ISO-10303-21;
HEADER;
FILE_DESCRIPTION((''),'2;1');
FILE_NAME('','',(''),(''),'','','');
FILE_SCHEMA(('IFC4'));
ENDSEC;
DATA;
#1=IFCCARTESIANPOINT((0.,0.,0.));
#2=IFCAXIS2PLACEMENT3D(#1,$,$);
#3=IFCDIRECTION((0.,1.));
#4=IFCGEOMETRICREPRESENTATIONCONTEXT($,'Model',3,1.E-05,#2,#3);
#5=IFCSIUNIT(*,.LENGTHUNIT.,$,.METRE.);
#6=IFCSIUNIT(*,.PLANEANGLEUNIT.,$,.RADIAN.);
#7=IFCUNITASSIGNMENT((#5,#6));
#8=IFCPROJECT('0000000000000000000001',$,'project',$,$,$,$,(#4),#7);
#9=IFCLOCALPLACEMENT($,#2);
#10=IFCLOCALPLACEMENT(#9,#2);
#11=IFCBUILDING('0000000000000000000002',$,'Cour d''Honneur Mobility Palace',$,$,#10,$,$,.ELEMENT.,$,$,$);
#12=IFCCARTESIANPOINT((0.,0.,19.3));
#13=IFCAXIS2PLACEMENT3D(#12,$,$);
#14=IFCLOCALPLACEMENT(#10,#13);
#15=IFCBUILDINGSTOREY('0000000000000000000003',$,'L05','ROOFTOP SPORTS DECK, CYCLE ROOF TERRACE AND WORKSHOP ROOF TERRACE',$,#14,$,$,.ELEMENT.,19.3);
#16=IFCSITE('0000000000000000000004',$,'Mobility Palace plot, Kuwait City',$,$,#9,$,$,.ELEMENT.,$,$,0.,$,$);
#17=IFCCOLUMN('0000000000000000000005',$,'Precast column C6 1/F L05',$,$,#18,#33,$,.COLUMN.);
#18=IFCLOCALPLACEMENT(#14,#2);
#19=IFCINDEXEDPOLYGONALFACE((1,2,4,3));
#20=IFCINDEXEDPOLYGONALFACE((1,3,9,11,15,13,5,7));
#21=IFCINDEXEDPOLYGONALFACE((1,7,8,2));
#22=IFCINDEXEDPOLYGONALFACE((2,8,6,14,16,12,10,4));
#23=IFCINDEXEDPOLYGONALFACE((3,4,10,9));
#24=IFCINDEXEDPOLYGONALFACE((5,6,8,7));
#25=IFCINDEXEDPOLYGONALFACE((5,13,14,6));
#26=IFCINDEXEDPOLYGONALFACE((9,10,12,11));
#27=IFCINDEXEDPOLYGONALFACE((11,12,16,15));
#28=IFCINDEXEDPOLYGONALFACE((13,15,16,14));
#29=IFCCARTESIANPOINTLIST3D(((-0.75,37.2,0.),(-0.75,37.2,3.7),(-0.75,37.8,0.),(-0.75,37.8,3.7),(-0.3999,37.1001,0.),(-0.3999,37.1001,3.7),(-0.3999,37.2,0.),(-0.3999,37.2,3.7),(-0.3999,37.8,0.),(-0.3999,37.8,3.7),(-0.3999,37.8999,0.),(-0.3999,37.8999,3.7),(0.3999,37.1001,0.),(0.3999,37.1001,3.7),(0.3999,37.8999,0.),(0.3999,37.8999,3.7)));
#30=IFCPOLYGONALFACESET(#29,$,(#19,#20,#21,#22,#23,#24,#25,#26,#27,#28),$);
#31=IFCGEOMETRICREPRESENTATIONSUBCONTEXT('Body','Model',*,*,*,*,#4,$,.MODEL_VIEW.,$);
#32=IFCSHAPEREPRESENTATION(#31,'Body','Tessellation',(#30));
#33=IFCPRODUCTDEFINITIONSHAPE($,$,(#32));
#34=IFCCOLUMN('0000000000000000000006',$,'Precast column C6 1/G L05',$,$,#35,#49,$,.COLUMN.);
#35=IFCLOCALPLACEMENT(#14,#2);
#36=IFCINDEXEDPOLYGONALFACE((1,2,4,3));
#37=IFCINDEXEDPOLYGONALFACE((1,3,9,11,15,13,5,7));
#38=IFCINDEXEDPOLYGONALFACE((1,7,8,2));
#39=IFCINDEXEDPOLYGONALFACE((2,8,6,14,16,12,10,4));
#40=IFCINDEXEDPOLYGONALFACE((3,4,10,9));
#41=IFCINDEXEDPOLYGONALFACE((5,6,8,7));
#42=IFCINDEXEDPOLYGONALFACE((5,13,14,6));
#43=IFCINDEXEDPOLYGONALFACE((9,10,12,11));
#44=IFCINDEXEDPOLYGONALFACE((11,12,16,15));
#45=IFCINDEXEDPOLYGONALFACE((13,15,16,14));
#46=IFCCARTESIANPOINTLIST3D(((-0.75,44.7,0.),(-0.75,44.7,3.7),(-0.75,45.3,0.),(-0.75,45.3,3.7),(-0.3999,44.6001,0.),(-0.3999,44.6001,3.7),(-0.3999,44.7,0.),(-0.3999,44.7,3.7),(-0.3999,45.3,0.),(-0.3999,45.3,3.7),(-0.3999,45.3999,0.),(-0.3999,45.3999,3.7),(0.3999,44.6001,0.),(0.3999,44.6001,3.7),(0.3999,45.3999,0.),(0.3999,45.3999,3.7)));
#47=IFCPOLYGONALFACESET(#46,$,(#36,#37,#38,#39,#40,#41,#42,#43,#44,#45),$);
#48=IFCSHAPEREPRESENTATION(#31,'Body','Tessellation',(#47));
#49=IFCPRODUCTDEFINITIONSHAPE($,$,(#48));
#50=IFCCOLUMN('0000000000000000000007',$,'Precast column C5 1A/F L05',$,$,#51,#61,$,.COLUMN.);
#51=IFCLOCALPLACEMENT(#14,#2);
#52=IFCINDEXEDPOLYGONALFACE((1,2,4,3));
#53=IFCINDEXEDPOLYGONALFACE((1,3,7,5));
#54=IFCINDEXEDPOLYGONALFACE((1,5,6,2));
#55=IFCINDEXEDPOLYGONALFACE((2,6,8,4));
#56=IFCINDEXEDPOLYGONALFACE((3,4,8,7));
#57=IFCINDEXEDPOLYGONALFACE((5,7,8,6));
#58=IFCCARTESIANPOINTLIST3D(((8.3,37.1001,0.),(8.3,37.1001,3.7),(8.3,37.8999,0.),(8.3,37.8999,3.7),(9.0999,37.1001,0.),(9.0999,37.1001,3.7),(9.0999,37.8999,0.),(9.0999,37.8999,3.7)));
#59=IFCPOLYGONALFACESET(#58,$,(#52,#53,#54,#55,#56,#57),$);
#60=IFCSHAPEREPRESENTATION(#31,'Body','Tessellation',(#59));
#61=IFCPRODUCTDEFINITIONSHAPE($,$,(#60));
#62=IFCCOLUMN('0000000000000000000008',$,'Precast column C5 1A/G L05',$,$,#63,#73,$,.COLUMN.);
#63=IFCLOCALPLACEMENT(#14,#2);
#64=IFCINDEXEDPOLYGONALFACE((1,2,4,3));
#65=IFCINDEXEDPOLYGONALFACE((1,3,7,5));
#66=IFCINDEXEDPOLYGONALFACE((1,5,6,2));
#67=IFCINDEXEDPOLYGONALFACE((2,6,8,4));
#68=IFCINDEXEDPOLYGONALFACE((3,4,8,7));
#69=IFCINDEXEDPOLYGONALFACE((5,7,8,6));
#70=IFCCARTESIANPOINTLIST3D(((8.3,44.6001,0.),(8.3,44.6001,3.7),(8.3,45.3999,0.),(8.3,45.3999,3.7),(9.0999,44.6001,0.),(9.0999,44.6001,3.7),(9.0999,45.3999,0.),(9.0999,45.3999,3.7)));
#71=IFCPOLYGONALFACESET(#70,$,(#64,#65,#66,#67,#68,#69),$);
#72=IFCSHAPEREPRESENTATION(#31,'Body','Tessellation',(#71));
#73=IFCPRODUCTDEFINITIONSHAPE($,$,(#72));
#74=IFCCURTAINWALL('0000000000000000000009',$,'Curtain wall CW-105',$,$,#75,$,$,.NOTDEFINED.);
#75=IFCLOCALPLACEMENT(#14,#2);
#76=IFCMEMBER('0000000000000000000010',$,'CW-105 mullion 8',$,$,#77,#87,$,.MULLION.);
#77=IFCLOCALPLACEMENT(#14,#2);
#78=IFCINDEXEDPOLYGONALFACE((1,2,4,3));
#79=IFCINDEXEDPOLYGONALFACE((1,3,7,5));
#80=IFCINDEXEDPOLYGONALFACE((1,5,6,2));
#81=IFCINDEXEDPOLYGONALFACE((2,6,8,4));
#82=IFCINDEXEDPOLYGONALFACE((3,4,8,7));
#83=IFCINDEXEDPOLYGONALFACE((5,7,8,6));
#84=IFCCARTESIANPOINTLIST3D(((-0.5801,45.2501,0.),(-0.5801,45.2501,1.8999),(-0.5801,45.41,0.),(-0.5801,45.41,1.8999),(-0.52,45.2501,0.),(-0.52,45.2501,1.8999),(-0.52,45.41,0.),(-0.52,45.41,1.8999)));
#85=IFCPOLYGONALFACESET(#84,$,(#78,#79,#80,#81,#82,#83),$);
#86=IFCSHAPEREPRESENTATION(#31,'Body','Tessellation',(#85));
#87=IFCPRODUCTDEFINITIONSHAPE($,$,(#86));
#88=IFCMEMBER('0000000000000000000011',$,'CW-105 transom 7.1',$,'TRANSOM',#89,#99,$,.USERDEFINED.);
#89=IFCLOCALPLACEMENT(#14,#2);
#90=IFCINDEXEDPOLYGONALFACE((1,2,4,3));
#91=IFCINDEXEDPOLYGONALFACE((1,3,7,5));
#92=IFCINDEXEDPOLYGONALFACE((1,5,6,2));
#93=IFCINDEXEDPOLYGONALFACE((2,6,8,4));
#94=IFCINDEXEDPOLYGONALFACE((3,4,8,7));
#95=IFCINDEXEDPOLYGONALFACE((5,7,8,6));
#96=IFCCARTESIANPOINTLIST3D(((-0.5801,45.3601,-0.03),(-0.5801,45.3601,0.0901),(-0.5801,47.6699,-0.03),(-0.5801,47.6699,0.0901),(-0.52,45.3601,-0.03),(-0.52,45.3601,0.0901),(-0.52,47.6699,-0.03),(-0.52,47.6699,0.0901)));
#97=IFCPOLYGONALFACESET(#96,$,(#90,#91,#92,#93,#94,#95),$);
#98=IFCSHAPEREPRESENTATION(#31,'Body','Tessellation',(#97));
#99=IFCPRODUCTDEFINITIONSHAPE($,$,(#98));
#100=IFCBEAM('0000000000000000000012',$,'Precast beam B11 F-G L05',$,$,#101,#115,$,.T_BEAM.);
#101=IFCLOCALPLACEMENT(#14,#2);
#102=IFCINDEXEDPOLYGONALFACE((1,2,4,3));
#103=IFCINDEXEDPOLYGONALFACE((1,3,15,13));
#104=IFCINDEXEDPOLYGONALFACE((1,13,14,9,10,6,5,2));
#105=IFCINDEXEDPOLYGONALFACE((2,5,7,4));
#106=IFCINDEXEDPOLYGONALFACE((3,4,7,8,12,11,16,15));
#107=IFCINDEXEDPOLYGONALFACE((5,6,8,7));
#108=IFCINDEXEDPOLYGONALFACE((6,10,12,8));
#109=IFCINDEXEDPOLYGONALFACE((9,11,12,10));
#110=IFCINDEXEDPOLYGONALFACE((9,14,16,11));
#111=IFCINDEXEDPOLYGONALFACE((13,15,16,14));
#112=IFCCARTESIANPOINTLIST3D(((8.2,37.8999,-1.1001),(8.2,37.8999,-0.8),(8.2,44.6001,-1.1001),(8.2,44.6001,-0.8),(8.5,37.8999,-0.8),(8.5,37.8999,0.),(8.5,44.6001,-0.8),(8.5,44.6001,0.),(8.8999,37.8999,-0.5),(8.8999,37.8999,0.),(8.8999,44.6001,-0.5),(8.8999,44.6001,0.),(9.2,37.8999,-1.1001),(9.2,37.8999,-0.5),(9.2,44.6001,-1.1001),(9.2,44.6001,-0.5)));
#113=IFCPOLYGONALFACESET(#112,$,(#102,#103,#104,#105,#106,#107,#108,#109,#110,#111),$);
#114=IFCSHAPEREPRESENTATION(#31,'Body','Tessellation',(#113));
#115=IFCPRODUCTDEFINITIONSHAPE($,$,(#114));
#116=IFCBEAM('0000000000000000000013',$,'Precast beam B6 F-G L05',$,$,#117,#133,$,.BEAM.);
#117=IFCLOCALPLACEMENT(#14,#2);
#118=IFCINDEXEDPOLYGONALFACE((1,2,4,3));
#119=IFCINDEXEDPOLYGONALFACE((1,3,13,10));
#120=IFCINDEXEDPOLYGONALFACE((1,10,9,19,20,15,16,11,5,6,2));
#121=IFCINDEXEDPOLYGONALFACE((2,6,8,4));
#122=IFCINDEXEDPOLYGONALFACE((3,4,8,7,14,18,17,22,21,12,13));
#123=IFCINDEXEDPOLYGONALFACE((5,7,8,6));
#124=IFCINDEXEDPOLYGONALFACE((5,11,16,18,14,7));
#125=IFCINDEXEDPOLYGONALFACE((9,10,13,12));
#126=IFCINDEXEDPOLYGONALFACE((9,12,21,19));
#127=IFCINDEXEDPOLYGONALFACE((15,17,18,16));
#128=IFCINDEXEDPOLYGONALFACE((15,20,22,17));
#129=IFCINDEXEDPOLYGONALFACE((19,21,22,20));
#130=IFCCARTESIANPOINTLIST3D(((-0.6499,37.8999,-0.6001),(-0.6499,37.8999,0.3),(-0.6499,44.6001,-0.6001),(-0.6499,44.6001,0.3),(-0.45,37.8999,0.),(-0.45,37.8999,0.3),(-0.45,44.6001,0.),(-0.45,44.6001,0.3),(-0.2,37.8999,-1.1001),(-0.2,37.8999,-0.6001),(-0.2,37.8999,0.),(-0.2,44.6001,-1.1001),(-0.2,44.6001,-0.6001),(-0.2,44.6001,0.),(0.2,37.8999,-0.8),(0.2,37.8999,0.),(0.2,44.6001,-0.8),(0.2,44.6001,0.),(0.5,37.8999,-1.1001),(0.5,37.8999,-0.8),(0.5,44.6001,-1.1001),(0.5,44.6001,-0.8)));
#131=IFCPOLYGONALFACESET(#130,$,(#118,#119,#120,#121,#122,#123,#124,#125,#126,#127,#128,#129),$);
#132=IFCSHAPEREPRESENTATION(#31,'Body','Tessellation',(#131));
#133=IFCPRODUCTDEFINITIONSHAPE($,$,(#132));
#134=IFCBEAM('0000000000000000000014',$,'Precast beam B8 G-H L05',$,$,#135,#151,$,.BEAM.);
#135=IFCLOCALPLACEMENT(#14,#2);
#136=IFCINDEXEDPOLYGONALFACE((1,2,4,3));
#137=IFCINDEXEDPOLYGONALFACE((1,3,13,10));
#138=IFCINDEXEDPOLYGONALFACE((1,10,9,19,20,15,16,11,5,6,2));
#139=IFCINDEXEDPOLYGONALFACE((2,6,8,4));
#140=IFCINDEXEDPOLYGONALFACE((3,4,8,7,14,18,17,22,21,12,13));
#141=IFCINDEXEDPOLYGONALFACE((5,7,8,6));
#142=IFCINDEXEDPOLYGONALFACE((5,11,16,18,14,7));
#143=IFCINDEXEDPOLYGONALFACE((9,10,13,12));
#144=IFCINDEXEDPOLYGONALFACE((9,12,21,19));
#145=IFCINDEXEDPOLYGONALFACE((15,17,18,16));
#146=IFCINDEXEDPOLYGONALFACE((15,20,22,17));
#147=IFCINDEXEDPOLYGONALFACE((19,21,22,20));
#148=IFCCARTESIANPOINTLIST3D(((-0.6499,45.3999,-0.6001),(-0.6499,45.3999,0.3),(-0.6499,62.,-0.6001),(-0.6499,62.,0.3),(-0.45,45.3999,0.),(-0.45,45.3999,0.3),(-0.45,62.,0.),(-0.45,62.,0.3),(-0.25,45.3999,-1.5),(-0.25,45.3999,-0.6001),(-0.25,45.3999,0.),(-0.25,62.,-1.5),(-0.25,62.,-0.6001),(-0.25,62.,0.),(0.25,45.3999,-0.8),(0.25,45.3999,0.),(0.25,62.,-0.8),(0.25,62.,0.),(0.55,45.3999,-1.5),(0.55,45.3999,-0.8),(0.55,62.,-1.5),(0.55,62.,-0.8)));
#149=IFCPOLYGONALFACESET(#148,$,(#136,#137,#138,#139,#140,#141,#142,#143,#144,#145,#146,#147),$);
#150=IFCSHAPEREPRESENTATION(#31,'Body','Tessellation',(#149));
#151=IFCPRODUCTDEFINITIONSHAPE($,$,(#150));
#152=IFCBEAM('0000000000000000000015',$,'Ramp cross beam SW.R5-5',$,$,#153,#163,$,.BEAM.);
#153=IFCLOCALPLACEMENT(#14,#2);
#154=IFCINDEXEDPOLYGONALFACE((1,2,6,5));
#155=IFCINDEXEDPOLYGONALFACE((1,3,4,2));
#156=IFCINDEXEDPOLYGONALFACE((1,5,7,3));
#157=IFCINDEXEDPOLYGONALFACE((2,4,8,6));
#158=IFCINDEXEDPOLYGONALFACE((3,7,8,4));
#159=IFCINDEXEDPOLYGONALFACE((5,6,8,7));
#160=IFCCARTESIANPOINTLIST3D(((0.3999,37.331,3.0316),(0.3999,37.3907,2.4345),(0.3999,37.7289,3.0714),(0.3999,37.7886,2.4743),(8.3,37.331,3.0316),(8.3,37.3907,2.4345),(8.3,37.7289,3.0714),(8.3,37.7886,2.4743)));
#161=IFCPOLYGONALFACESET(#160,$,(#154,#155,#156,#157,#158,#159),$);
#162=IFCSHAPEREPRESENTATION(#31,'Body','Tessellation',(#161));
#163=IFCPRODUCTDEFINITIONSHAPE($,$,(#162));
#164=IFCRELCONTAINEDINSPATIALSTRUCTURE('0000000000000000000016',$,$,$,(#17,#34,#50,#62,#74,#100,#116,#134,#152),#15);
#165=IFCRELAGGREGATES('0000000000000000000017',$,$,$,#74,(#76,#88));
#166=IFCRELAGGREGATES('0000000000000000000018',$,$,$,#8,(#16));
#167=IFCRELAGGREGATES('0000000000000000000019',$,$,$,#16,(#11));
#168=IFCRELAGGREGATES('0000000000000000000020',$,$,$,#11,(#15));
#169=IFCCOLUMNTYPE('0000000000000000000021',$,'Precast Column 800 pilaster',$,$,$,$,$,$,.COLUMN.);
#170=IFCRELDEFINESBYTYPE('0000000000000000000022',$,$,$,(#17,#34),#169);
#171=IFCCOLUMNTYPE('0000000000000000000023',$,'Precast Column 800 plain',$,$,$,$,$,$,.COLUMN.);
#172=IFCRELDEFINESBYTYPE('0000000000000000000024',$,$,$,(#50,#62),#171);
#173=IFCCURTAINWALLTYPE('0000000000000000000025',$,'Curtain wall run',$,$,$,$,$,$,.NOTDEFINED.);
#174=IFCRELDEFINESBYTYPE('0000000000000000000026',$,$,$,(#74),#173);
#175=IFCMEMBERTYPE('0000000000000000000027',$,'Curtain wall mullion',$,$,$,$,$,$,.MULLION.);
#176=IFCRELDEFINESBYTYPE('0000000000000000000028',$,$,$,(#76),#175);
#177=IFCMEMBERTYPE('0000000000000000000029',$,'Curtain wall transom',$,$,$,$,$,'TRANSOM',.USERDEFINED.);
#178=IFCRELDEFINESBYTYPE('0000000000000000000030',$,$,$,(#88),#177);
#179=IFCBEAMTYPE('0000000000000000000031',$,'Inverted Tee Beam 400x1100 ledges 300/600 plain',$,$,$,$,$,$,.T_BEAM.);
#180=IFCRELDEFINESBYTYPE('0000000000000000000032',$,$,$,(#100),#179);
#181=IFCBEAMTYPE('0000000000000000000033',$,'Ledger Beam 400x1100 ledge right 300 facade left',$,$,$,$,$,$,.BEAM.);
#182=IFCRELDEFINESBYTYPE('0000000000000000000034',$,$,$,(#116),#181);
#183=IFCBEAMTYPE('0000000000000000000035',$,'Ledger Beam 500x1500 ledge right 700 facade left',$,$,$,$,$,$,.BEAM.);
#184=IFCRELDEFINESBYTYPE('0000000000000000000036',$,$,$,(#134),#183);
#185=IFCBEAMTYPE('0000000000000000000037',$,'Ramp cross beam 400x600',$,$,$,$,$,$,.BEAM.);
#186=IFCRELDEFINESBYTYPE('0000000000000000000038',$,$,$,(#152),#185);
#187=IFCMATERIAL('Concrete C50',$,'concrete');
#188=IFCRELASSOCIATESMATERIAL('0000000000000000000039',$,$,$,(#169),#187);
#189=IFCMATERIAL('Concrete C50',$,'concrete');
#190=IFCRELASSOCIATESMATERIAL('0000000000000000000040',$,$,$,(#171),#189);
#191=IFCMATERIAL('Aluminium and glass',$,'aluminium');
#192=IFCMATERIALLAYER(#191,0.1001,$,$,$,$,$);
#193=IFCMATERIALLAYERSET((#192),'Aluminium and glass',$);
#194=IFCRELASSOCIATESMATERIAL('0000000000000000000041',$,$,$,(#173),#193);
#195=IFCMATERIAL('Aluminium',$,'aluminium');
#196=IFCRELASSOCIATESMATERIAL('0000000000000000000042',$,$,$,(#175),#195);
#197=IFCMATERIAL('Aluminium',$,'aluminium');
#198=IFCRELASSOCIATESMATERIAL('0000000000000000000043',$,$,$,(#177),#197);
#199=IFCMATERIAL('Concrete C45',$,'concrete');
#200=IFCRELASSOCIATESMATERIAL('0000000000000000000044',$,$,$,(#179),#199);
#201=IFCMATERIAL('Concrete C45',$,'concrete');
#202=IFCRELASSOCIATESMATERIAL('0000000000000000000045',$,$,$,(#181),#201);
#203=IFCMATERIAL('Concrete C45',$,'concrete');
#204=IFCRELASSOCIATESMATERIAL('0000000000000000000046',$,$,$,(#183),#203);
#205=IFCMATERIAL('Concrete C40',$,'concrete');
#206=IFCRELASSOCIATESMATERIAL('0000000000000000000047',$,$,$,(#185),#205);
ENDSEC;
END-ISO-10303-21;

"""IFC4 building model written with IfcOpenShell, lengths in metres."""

from ifc_helpers import new_model, si_unit, direction, frame, origin, origin_2d, place, context, subcontext, project, spatial, polyline, rectangle, outline, extrude, material, layer, layer_set, material_profile, profile_set, type_object, element, aggregate, save


model = new_model("IFC4")

# Units and contexts
model_context = context("Model", 3, precision=1e-05, world=origin(), true_north=direction((0.0, 1.0)))
body_context = subcontext(model_context, "Body", "Model", "MODEL_VIEW")
ifc_project = project(units=[si_unit("LENGTHUNIT", "METRE"), si_unit("PLANEANGLEUNIT", "RADIAN")], contexts=[model_context])

# Site, building, storey
site_placement = place(None, origin())
site = spatial("IfcSite", under=ifc_project, at=site_placement, Name="Mobility Palace plot, Kuwait City", CompositionType="ELEMENT", RefElevation=0.0)
building_placement = place(site_placement, origin())
building = spatial("IfcBuilding", under=site, at=building_placement, Name="Cour d'Honneur Mobility Palace", CompositionType="ELEMENT")
storey_placement = place(building_placement, frame((0.0, 0.0, 19.3)))
storey = spatial("IfcBuildingStorey", under=building, at=storey_placement, Name="L05", Description="ROOFTOP SPORTS DECK, CYCLE ROOF TERRACE AND WORKSHOP ROOF TERRACE", CompositionType="ELEMENT", Elevation=19.3)

# Columns
ifc_material_1 = material(Name="Concrete C50", Category="concrete")
ifc_material_profile_1 = material_profile(ifc_material_1, outline(polyline([(-0.3999, -0.3999), (0.3999, -0.3999), (0.3999, -0.3), (0.75, -0.3), (0.75, 0.3), (0.3999, 0.3), (0.3999, 0.3999), (-0.3999, 0.3999), (-0.3999, -0.3999)])), Name="PC C800 pilaster")
ifc_profile_set_1 = profile_set([ifc_material_profile_1], Name="Concrete C50")
column_type_1 = type_object("IfcColumnType", Name="Precast Column 800 pilaster", PredefinedType="COLUMN", material=ifc_profile_set_1)
for number, where, z_axis, x_axis, name in (
    (1, (0.0, 37.5, 0.0), (0.0, 0.0, 1.0), (-1.0, 0.0, 0.0), "Precast column C6 1/F L05"),
    (2, (0.0, 45.0, 0.0), (0.0, 0.0, 1.0), (-1.0, 0.0, 0.0), "Precast column C6 1/G L05"),
):
    element("IfcColumn", number, at=place(storey_placement, frame(where, z_axis=z_axis, x_axis=x_axis)), inside=storey, type_object=column_type_1, Name=name, PredefinedType="COLUMN", context=body_context, shape_type="SweptSolid", body=[
        extrude(outline(polyline([(-0.3999, -0.3999), (0.3999, -0.3999), (0.3999, -0.3), (0.75, -0.3), (0.75, 0.3), (0.3999, 0.3), (0.3999, 0.3999), (-0.3999, 0.3999), (-0.3999, -0.3999)])), origin(), (0.0, 0.0, 1.0), 3.7),
    ])
ifc_material_2 = material(Name="Concrete C50", Category="concrete")
ifc_material_profile_2 = material_profile(ifc_material_2, outline(polyline([(-0.3999, -0.3999), (0.3999, -0.3999), (0.3999, 0.3999), (-0.3999, 0.3999), (-0.3999, -0.3999)])), Name="PC C800 plain")
ifc_profile_set_2 = profile_set([ifc_material_profile_2], Name="Concrete C50")
column_type_2 = type_object("IfcColumnType", Name="Precast Column 800 plain", PredefinedType="COLUMN", material=ifc_profile_set_2)
for number, where, z_axis, x_axis, name in (
    (3, (8.7, 37.5, 0.0), (0.0, 0.0, 1.0), (1.0, 0.0, 0.0), "Precast column C5 1A/F L05"),
    (4, (8.7, 45.0, 0.0), (0.0, 0.0, 1.0), (1.0, 0.0, 0.0), "Precast column C5 1A/G L05"),
):
    element("IfcColumn", number, at=place(storey_placement, frame(where, z_axis=z_axis, x_axis=x_axis)), inside=storey, type_object=column_type_2, Name=name, PredefinedType="COLUMN", context=body_context, shape_type="SweptSolid", body=[
        extrude(outline(polyline([(-0.3999, -0.3999), (0.3999, -0.3999), (0.3999, 0.3999), (-0.3999, 0.3999), (-0.3999, -0.3999)])), origin(), (0.0, 0.0, 1.0), 3.7),
    ])

# Curtain wall, members
ifc_material_3 = material(Name="Aluminium and glass", Category="aluminium")
ifc_layer_1 = layer(ifc_material_3, 0.1001)
ifc_layer_set_1 = layer_set([ifc_layer_1], Name="Aluminium and glass")
curtain_wall_type = type_object("IfcCurtainWallType", Name="Curtain wall run", PredefinedType="NOTDEFINED", material=ifc_layer_set_1)
curtain_wall_placement = place(storey_placement, origin())
curtain_wall = element("IfcCurtainWall", 5, at=curtain_wall_placement, inside=storey, type_object=curtain_wall_type, Name="Curtain wall CW-105", PredefinedType="NOTDEFINED")
ifc_material_4 = material(Name="Aluminium", Category="aluminium")
ifc_material_profile_3 = material_profile(ifc_material_4, rectangle(XDim=0.0601, YDim=0.1599, at=origin_2d()), Name="Curtain wall mullion")
ifc_profile_set_3 = profile_set([ifc_material_profile_3], Name="Aluminium")
member_type_1 = type_object("IfcMemberType", Name="Curtain wall mullion", PredefinedType="MULLION", material=ifc_profile_set_3)
member_1_placement = place(storey_placement, frame((-0.55, 45.3301, 0.0), z_axis=(0.0, 0.0, 1.0), x_axis=(1.0, 0.0, 0.0)))
member_1 = element("IfcMember", 6, at=member_1_placement, type_object=member_type_1, Name="CW-105 mullion 8", PredefinedType="MULLION", context=body_context, shape_type="SweptSolid", body=[
    extrude(rectangle(XDim=0.0601, YDim=0.1599, at=origin_2d()), origin(), (0.0, 0.0, 1.0), 1.8999),
])
ifc_material_5 = material(Name="Aluminium", Category="aluminium")
ifc_material_profile_4 = material_profile(ifc_material_5, rectangle(XDim=0.0601, YDim=0.1201, at=origin_2d()), Name="Curtain wall transom")
ifc_profile_set_4 = profile_set([ifc_material_profile_4], Name="Aluminium")
member_type_2 = type_object("IfcMemberType", Name="Curtain wall transom", ElementType="TRANSOM", PredefinedType="USERDEFINED", material=ifc_profile_set_4)
member_2_placement = place(storey_placement, frame((-0.55, 47.6699, 0.03), z_axis=(0.0, -1.0, 0.0), x_axis=(1.0, 0.0, 0.0)))
member_2 = element("IfcMember", 7, at=member_2_placement, type_object=member_type_2, Name="CW-105 transom 7.1", ObjectType="TRANSOM", PredefinedType="USERDEFINED", context=body_context, shape_type="SweptSolid", body=[
    extrude(rectangle(XDim=0.0601, YDim=0.1201, at=origin_2d()), origin(), (0.0, 0.0, 1.0), 2.3098),
])

# Beams
ifc_material_6 = material(Name="Concrete C45", Category="concrete")
ifc_material_profile_5 = material_profile(ifc_material_6, outline(polyline([(0.5, -1.1001), (0.5, -0.8), (0.2, -0.8), (0.2, 0.0), (-0.2, 0.0), (-0.2, -0.5), (-0.5, -0.5), (-0.5, -1.1001), (0.5, -1.1001)])), Name="Inverted Tee Beam 400x1100 ledges 300/600 plain")
ifc_profile_set_5 = profile_set([ifc_material_profile_5], Name="Concrete C45")
beam_type_1 = type_object("IfcBeamType", Name="Inverted Tee Beam 400x1100 ledges 300/600 plain", PredefinedType="T_BEAM", material=ifc_profile_set_5)
beam_1_placement = place(storey_placement, frame((8.7, 37.8999, 0.0), z_axis=(0.0, 1.0, 0.0), x_axis=(-1.0, 0.0, 0.0)))
element("IfcBeam", 8, at=beam_1_placement, inside=storey, type_object=beam_type_1, Name="Precast beam B11 F-G L05", PredefinedType="T_BEAM", context=body_context, shape_type="SweptSolid", body=[
    extrude(outline(polyline([(0.5, -1.1001), (0.5, -0.8), (0.2, -0.8), (0.2, 0.0), (-0.2, 0.0), (-0.2, -0.5), (-0.5, -0.5), (-0.5, -1.1001), (0.5, -1.1001)])), origin(), (0.0, 0.0, 1.0), 6.7002),
])
ifc_material_7 = material(Name="Concrete C45", Category="concrete")
ifc_material_profile_6 = material_profile(ifc_material_7, outline(polyline([(0.2, -1.1001), (0.2, -0.6001), (0.6499, -0.6001), (0.6499, 0.3), (0.45, 0.3), (0.45, 0.0), (0.2, 0.0), (-0.2, 0.0), (-0.2, -0.8), (-0.5, -0.8), (-0.5, -1.1001), (0.2, -1.1001)])), Name="Ledger Beam 400x1100 ledge right 300 facade left")
ifc_profile_set_6 = profile_set([ifc_material_profile_6], Name="Concrete C45")
beam_type_2 = type_object("IfcBeamType", Name="Ledger Beam 400x1100 ledge right 300 facade left", PredefinedType="BEAM", material=ifc_profile_set_6)
beam_2_placement = place(storey_placement, frame((0.0, 37.8999, 0.0), z_axis=(0.0, 1.0, 0.0), x_axis=(-1.0, 0.0, 0.0)))
element("IfcBeam", 9, at=beam_2_placement, inside=storey, type_object=beam_type_2, Name="Precast beam B6 F-G L05", PredefinedType="BEAM", context=body_context, shape_type="SweptSolid", body=[
    extrude(outline(polyline([(0.2, -1.1001), (0.2, -0.6001), (0.6499, -0.6001), (0.6499, 0.3), (0.45, 0.3), (0.45, 0.0), (0.2, 0.0), (-0.2, 0.0), (-0.2, -0.8), (-0.5, -0.8), (-0.5, -1.1001), (0.2, -1.1001)])), origin(), (0.0, 0.0, 1.0), 6.7002),
])
ifc_material_8 = material(Name="Concrete C45", Category="concrete")
ifc_material_profile_7 = material_profile(ifc_material_8, outline(polyline([(0.25, -1.5), (0.25, -0.6001), (0.6499, -0.6001), (0.6499, 0.3), (0.45, 0.3), (0.45, 0.0), (0.25, 0.0), (-0.25, 0.0), (-0.25, -0.8), (-0.55, -0.8), (-0.55, -1.5), (0.25, -1.5)])), Name="Ledger Beam 500x1500 ledge right 700 facade left")
ifc_profile_set_7 = profile_set([ifc_material_profile_7], Name="Concrete C45")
beam_type_3 = type_object("IfcBeamType", Name="Ledger Beam 500x1500 ledge right 700 facade left", PredefinedType="BEAM", material=ifc_profile_set_7)
beam_3_placement = place(storey_placement, frame((0.0, 45.3999, 0.0), z_axis=(0.0, 1.0, 0.0), x_axis=(-1.0, 0.0, 0.0)))
element("IfcBeam", 10, at=beam_3_placement, inside=storey, type_object=beam_type_3, Name="Precast beam B8 G-H L05", PredefinedType="BEAM", context=body_context, shape_type="SweptSolid", body=[
    extrude(outline(polyline([(0.25, -1.5), (0.25, -0.6001), (0.6499, -0.6001), (0.6499, 0.3), (0.45, 0.3), (0.45, 0.0), (0.25, 0.0), (-0.25, 0.0), (-0.25, -0.8), (-0.55, -0.8), (-0.55, -1.5), (0.25, -1.5)])), origin(), (0.0, 0.0, 1.0), 16.6001),
])
ifc_material_9 = material(Name="Concrete C40", Category="concrete")
ifc_material_profile_8 = material_profile(ifc_material_9, rectangle(XDim=0.3999, YDim=0.6001, at=origin_2d()), Name="Ramp cross beam 400x600")
ifc_profile_set_8 = profile_set([ifc_material_profile_8], Name="Concrete C40")
beam_type_4 = type_object("IfcBeamType", Name="Ramp cross beam 400x600", PredefinedType="BEAM", material=ifc_profile_set_8)
beam_4_placement = place(storey_placement, frame((0.3999, 37.5598, 2.7529), z_axis=(1.0, 0.0, 0.0), x_axis=(0.0, 0.995037, 0.099504)))
element("IfcBeam", 11, at=beam_4_placement, inside=storey, type_object=beam_type_4, Name="Ramp cross beam SW.R5-5", PredefinedType="BEAM", context=body_context, shape_type="SweptSolid", body=[
    extrude(rectangle(XDim=0.3999, YDim=0.6001, at=origin_2d()), origin(), (0.0, 0.0, 1.0), 7.9001),
])

aggregate(curtain_wall, [member_1, member_2])

save(model, "model.ifc")
